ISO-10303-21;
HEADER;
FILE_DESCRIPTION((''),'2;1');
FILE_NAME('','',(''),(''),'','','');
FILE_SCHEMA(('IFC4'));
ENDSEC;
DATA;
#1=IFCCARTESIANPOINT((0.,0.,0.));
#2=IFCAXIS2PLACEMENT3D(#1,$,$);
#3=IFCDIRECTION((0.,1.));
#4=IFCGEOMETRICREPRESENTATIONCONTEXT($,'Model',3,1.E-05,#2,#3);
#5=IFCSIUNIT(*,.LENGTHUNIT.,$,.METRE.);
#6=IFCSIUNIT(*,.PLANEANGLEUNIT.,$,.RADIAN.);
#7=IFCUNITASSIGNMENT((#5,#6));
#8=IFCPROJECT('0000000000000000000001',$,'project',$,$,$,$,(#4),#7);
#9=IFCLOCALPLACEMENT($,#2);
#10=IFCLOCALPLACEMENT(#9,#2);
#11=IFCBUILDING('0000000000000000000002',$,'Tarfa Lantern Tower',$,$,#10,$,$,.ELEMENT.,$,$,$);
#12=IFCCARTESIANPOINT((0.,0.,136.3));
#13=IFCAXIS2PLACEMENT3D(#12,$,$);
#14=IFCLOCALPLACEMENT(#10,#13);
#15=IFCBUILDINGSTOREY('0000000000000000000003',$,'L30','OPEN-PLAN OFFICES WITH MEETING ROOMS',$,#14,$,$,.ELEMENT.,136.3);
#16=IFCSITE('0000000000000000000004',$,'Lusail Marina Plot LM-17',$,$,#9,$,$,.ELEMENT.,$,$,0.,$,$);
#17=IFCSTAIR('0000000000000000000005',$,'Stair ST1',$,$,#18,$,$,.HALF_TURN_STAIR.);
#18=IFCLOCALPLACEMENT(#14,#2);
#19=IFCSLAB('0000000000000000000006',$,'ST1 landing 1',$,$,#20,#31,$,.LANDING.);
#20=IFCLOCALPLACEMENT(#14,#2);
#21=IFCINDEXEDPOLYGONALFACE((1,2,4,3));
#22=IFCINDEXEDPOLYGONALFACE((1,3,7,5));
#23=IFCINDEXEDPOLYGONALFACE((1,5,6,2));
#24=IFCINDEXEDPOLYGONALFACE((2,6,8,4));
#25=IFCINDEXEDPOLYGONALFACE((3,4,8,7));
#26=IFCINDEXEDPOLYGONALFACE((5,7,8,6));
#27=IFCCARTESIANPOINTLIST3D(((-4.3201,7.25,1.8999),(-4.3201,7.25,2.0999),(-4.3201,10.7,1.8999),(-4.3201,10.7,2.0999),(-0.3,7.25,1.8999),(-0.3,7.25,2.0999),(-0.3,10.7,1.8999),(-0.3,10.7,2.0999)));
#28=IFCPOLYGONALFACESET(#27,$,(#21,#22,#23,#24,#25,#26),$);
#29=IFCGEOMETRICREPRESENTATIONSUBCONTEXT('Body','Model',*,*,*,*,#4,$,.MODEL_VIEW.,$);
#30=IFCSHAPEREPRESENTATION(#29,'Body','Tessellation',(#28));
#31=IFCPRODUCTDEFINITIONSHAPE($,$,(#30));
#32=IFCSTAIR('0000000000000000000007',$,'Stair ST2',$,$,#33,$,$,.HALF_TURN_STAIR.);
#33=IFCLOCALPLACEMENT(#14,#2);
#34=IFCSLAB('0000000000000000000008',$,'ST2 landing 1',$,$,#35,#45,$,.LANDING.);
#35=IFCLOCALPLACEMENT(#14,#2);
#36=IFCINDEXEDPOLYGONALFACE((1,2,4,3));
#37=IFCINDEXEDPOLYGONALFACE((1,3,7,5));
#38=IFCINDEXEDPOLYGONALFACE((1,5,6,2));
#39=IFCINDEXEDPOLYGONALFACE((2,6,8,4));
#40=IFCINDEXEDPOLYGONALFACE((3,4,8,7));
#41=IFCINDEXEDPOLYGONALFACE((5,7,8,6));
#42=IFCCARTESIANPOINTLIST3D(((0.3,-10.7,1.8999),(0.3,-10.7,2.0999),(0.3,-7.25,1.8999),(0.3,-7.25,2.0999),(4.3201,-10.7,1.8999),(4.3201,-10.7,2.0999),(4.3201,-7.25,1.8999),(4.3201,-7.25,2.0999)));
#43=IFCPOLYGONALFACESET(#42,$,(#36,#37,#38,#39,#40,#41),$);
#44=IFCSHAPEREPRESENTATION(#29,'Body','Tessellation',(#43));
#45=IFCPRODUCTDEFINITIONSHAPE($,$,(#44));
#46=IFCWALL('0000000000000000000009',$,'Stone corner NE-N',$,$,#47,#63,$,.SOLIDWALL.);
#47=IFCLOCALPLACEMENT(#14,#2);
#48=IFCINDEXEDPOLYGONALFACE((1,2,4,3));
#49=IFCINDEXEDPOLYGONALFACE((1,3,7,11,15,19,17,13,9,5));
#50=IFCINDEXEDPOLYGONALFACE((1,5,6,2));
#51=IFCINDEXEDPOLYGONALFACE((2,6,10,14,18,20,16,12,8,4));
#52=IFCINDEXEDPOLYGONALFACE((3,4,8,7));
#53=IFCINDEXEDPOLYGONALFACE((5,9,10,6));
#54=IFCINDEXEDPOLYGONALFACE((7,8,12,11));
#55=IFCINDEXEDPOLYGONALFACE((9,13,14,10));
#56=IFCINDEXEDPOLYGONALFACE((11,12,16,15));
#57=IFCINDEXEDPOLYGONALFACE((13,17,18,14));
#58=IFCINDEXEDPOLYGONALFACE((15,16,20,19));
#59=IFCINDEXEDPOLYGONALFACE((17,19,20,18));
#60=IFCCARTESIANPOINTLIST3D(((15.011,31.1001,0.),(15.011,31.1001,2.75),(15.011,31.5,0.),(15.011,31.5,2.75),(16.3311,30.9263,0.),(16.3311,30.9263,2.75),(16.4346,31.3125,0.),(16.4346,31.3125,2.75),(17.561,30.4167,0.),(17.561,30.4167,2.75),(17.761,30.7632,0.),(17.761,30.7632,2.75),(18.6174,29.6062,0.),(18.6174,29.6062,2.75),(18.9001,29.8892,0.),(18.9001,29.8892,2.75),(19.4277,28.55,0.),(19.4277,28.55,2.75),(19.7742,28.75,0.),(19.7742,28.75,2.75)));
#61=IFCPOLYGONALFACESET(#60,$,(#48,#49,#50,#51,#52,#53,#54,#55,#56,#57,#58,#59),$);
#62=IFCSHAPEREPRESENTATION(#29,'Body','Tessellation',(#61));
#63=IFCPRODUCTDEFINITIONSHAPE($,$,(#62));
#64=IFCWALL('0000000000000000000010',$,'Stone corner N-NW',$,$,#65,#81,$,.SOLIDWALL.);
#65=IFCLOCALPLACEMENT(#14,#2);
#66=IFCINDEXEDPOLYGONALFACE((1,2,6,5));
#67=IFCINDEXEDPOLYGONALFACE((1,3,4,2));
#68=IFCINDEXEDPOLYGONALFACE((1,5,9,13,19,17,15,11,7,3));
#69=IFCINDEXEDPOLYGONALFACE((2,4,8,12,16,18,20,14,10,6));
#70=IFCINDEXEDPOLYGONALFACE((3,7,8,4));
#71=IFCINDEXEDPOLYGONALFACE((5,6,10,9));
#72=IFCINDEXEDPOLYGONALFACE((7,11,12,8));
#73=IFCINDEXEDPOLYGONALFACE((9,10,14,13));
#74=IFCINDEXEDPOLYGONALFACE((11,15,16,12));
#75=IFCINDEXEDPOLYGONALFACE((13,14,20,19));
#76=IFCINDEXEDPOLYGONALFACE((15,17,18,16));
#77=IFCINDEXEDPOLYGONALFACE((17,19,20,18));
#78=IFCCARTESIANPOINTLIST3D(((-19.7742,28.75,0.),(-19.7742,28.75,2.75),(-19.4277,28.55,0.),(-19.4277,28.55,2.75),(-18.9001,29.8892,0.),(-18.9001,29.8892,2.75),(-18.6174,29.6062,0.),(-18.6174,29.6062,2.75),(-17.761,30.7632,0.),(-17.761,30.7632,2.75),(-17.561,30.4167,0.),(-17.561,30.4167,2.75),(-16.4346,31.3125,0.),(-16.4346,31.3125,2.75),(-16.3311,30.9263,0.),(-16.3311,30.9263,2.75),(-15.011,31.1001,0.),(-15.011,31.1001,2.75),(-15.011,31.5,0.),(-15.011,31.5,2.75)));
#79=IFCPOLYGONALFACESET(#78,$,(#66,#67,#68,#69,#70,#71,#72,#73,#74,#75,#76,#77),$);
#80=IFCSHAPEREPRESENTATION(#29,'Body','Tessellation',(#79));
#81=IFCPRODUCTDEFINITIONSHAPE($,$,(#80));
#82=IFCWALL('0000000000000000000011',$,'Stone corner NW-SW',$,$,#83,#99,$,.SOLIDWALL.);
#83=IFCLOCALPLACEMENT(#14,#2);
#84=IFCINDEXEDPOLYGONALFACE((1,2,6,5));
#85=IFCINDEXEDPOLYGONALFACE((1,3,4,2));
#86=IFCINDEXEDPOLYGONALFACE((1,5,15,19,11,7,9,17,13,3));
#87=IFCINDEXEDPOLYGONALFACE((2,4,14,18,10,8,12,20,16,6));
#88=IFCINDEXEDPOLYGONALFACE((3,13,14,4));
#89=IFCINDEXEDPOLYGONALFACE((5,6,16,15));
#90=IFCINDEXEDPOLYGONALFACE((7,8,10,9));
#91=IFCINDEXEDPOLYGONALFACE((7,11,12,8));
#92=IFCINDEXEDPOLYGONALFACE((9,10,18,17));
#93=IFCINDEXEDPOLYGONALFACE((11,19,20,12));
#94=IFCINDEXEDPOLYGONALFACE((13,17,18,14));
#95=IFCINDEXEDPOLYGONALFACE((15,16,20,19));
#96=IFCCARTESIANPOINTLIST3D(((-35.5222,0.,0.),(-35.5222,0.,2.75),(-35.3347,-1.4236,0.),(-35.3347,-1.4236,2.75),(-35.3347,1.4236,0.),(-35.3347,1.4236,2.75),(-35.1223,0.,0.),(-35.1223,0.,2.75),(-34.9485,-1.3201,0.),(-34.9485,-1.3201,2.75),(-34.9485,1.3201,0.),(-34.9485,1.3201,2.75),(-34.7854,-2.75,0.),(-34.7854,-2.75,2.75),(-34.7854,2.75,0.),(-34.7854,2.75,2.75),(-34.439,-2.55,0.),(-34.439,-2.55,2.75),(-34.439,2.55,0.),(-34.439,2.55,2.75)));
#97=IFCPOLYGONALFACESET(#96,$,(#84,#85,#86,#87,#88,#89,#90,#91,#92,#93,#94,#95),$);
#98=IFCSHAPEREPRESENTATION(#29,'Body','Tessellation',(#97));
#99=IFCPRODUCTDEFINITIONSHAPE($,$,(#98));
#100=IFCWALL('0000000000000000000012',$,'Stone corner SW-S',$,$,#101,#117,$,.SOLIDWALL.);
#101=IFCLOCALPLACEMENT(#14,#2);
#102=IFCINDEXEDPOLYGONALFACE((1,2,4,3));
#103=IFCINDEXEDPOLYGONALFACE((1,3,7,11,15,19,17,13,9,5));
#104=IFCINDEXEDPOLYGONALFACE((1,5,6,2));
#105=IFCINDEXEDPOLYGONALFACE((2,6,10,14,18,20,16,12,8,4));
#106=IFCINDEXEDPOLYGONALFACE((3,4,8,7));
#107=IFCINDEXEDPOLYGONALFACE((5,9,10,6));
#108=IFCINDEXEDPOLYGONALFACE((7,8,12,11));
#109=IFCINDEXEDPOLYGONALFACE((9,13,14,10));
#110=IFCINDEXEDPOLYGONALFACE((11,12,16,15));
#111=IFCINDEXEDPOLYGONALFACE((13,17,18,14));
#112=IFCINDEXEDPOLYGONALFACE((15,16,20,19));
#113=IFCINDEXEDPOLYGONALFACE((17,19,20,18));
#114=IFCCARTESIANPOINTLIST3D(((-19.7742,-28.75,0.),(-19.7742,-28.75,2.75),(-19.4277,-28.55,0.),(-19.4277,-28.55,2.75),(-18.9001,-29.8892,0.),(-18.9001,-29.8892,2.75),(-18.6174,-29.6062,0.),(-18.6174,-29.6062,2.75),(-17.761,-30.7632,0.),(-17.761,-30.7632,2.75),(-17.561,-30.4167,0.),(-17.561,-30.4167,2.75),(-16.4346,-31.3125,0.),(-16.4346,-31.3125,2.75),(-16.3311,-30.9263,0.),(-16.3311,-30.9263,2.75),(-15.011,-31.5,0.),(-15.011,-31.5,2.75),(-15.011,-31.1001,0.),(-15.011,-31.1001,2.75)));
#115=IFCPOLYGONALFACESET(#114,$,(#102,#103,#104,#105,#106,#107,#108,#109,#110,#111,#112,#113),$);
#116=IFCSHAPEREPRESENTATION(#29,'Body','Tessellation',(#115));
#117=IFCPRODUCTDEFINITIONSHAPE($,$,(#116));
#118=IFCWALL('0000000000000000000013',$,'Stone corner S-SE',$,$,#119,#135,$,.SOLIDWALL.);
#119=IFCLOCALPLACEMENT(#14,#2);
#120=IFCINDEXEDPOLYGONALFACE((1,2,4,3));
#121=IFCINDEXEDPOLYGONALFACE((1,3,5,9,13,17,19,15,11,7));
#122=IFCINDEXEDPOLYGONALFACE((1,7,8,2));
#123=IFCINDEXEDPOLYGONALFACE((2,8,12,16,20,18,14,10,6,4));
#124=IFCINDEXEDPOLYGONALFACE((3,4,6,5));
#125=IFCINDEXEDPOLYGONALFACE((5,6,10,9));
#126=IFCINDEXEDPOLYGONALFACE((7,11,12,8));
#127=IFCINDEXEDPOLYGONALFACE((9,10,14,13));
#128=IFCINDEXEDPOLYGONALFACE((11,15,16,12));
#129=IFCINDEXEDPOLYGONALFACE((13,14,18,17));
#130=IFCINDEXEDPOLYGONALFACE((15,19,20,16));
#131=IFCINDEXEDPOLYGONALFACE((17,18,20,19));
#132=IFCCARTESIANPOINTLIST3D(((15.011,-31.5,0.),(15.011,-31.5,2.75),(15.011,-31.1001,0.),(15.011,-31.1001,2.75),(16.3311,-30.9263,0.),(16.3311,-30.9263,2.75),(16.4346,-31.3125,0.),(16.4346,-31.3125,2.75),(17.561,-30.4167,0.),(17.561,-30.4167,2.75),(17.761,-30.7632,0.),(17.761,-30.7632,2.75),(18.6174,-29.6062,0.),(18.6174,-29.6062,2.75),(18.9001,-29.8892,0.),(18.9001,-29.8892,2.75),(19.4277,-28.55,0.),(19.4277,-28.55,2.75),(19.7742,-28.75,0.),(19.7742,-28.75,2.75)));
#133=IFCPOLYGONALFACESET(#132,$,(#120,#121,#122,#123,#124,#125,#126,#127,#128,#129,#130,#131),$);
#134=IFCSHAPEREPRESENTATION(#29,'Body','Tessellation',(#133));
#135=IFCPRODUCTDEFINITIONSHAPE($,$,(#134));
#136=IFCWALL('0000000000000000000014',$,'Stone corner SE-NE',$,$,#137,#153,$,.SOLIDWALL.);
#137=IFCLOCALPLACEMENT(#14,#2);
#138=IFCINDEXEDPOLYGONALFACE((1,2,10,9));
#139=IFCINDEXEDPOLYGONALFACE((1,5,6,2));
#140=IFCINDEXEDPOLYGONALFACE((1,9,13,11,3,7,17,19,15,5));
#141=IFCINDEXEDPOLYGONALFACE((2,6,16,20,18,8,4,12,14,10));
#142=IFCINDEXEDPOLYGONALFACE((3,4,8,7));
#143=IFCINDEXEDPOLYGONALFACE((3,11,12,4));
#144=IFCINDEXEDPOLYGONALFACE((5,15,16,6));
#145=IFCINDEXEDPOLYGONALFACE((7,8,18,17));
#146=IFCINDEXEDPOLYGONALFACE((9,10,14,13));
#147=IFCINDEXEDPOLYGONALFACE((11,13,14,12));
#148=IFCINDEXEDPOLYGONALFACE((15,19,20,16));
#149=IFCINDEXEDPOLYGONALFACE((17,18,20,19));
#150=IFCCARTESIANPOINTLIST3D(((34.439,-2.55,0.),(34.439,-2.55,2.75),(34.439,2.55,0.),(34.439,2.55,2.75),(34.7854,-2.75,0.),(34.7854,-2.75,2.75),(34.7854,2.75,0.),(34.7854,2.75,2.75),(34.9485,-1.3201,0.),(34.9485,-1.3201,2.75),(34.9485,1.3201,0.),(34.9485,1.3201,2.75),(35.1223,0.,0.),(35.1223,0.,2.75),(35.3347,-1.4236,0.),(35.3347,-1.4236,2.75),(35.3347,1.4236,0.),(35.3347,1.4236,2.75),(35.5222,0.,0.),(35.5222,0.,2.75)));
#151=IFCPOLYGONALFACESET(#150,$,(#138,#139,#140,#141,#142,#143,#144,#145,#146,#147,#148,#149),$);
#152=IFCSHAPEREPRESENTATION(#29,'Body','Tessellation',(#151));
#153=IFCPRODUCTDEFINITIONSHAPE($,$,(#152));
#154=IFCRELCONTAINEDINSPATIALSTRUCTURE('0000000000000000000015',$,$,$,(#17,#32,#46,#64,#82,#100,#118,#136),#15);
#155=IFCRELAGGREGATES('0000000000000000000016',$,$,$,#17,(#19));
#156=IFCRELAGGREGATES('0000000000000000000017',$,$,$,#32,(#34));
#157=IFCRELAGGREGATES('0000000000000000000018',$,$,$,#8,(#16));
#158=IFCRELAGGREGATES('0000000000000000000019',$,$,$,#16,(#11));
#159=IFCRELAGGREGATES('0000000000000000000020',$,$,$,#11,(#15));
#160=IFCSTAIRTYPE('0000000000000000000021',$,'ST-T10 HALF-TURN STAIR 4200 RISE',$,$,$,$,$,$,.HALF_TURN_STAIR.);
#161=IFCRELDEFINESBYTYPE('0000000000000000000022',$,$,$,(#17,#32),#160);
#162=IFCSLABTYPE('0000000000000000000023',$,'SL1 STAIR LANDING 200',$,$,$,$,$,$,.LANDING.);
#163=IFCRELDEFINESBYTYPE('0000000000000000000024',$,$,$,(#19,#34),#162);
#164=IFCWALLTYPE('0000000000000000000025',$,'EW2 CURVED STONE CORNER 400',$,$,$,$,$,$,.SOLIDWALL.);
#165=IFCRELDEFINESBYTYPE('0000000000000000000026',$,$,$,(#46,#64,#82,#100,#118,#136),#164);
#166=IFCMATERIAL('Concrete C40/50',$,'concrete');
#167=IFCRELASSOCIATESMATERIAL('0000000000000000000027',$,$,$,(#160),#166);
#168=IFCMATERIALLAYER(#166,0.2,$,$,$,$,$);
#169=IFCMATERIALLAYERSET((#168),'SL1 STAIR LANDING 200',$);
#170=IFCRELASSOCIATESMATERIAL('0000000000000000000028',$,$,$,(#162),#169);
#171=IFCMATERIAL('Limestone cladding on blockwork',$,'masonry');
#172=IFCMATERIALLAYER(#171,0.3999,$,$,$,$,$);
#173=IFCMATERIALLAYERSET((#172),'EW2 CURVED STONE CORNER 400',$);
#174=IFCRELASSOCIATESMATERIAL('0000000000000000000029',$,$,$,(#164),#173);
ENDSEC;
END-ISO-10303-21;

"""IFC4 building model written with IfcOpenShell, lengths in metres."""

from ifc_helpers import new_model, si_unit, direction, frame, origin, place, context, subcontext, project, spatial, polyline, outline, extrude, material, layer, layer_set, type_object, element, aggregate, save


model = new_model("IFC4")

# Units and contexts
model_context = context("Model", 3, precision=1e-05, world=origin(), true_north=direction((0.0, 1.0)))
body_context = subcontext(model_context, "Body", "Model", "MODEL_VIEW")
ifc_project = project(units=[si_unit("LENGTHUNIT", "METRE"), si_unit("PLANEANGLEUNIT", "RADIAN")], contexts=[model_context])

# Site, building, storey
site_placement = place(None, origin())
site = spatial("IfcSite", under=ifc_project, at=site_placement, Name="Lusail Marina Plot LM-17", CompositionType="ELEMENT", RefElevation=0.0)
building_placement = place(site_placement, origin())
building = spatial("IfcBuilding", under=site, at=building_placement, Name="Tarfa Lantern Tower", CompositionType="ELEMENT")
storey_placement = place(building_placement, frame((0.0, 0.0, 136.3)))
storey = spatial("IfcBuildingStorey", under=building, at=storey_placement, Name="L30", Description="OPEN-PLAN OFFICES WITH MEETING ROOMS", CompositionType="ELEMENT", Elevation=136.3)

# Shared definitions
ifc_material_1 = material(Name="Concrete C40/50", Category="concrete")

# Stairs, slabs
stair_type = type_object("IfcStairType", Name="ST-T10 HALF-TURN STAIR 4200 RISE", PredefinedType="HALF_TURN_STAIR", material=ifc_material_1)
stair_1_placement = place(storey_placement, origin())
stair_1 = element("IfcStair", 1, at=stair_1_placement, inside=storey, type_object=stair_type, Name="Stair ST1", PredefinedType="HALF_TURN_STAIR")
ifc_layer_1 = layer(ifc_material_1, 0.2)
ifc_layer_set_1 = layer_set([ifc_layer_1], Name="SL1 STAIR LANDING 200")
slab_type_1 = type_object("IfcSlabType", Name="SL1 STAIR LANDING 200", PredefinedType="LANDING", material=ifc_layer_set_1)
slab_1_placement = place(storey_placement, frame((0.0, 0.0, 1.8999)))
slab_1 = element("IfcSlab", 2, at=slab_1_placement, type_object=slab_type_1, Name="ST1 landing 1", PredefinedType="LANDING", context=body_context, shape_type="SweptSolid", body=[
    extrude(outline(polyline([(-4.3201, 7.25), (-0.3, 7.25), (-0.3, 10.7), (-4.3201, 10.7), (-4.3201, 7.25)])), origin(), (0.0, 0.0, 1.0), 0.2),
])
aggregate(stair_1, [slab_1])
stair_2_placement = place(storey_placement, origin())
stair_2 = element("IfcStair", 3, at=stair_2_placement, inside=storey, type_object=stair_type, Name="Stair ST2", PredefinedType="HALF_TURN_STAIR")
slab_2_placement = place(storey_placement, frame((0.0, 0.0, 1.8999)))
slab_2 = element("IfcSlab", 4, at=slab_2_placement, type_object=slab_type_1, Name="ST2 landing 1", PredefinedType="LANDING", context=body_context, shape_type="SweptSolid", body=[
    extrude(outline(polyline([(4.3201, -7.25), (0.3, -7.25), (0.3, -10.7), (4.3201, -10.7), (4.3201, -7.25)])), origin(), (0.0, 0.0, 1.0), 0.2),
])
aggregate(stair_2, [slab_2])

# Walls
ifc_material_2 = material(Name="Limestone cladding on blockwork", Category="masonry")
ifc_layer_2 = layer(ifc_material_2, 0.3999)
ifc_layer_set_2 = layer_set([ifc_layer_2], Name="EW2 CURVED STONE CORNER 400")
wall_type_1 = type_object("IfcWallType", Name="EW2 CURVED STONE CORNER 400", PredefinedType="SOLIDWALL", material=ifc_layer_set_2)
wall_1_placement = place(storey_placement, origin())
element("IfcWall", 5, at=wall_1_placement, inside=storey, type_object=wall_type_1, Name="Stone corner NE-N", PredefinedType="SOLIDWALL", context=body_context, shape_type="SweptSolid", body=[
    extrude(outline(polyline([(19.7742, 28.75), (18.9001, 29.8892), (17.761, 30.7632), (16.4346, 31.3125), (15.011, 31.5), (15.011, 31.1001), (16.3311, 30.9263), (17.561, 30.4167), (18.6174, 29.6062), (19.4277, 28.55), (19.7742, 28.75)])), origin(), (0.0, 0.0, 1.0), 2.75),
])
wall_2_placement = place(storey_placement, origin())
element("IfcWall", 6, at=wall_2_placement, inside=storey, type_object=wall_type_1, Name="Stone corner N-NW", PredefinedType="SOLIDWALL", context=body_context, shape_type="SweptSolid", body=[
    extrude(outline(polyline([(-15.011, 31.5), (-16.4346, 31.3125), (-17.761, 30.7632), (-18.9001, 29.8892), (-19.7742, 28.75), (-19.4277, 28.55), (-18.6174, 29.6062), (-17.561, 30.4167), (-16.3311, 30.9263), (-15.011, 31.1001), (-15.011, 31.5)])), origin(), (0.0, 0.0, 1.0), 2.75),
])
wall_3_placement = place(storey_placement, origin())
element("IfcWall", 7, at=wall_3_placement, inside=storey, type_object=wall_type_1, Name="Stone corner NW-SW", PredefinedType="SOLIDWALL", context=body_context, shape_type="SweptSolid", body=[
    extrude(outline(polyline([(-34.7854, 2.75), (-35.3347, 1.4236), (-35.5222, 0.0), (-35.3347, -1.4236), (-34.7854, -2.75), (-34.439, -2.55), (-34.9485, -1.3201), (-35.1223, 0.0), (-34.9485, 1.3201), (-34.439, 2.55), (-34.7854, 2.75)])), origin(), (0.0, 0.0, 1.0), 2.75),
])
wall_4_placement = place(storey_placement, origin())
element("IfcWall", 8, at=wall_4_placement, inside=storey, type_object=wall_type_1, Name="Stone corner SW-S", PredefinedType="SOLIDWALL", context=body_context, shape_type="SweptSolid", body=[
    extrude(outline(polyline([(-19.7742, -28.75), (-18.9001, -29.8892), (-17.761, -30.7632), (-16.4346, -31.3125), (-15.011, -31.5), (-15.011, -31.1001), (-16.3311, -30.9263), (-17.561, -30.4167), (-18.6174, -29.6062), (-19.4277, -28.55), (-19.7742, -28.75)])), origin(), (0.0, 0.0, 1.0), 2.75),
])
wall_5_placement = place(storey_placement, origin())
element("IfcWall", 9, at=wall_5_placement, inside=storey, type_object=wall_type_1, Name="Stone corner S-SE", PredefinedType="SOLIDWALL", context=body_context, shape_type="SweptSolid", body=[
    extrude(outline(polyline([(15.011, -31.5), (16.4346, -31.3125), (17.761, -30.7632), (18.9001, -29.8892), (19.7742, -28.75), (19.4277, -28.55), (18.6174, -29.6062), (17.561, -30.4167), (16.3311, -30.9263), (15.011, -31.1001), (15.011, -31.5)])), origin(), (0.0, 0.0, 1.0), 2.75),
])
wall_6_placement = place(storey_placement, origin())
element("IfcWall", 10, at=wall_6_placement, inside=storey, type_object=wall_type_1, Name="Stone corner SE-NE", PredefinedType="SOLIDWALL", context=body_context, shape_type="SweptSolid", body=[
    extrude(outline(polyline([(34.7854, -2.75), (35.3347, -1.4236), (35.5222, 0.0), (35.3347, 1.4236), (34.7854, 2.75), (34.439, 2.55), (34.9485, 1.3201), (35.1223, 0.0), (34.9485, -1.3201), (34.439, -2.55), (34.7854, -2.75)])), origin(), (0.0, 0.0, 1.0), 2.75),
])

save(model, "model.ifc")
